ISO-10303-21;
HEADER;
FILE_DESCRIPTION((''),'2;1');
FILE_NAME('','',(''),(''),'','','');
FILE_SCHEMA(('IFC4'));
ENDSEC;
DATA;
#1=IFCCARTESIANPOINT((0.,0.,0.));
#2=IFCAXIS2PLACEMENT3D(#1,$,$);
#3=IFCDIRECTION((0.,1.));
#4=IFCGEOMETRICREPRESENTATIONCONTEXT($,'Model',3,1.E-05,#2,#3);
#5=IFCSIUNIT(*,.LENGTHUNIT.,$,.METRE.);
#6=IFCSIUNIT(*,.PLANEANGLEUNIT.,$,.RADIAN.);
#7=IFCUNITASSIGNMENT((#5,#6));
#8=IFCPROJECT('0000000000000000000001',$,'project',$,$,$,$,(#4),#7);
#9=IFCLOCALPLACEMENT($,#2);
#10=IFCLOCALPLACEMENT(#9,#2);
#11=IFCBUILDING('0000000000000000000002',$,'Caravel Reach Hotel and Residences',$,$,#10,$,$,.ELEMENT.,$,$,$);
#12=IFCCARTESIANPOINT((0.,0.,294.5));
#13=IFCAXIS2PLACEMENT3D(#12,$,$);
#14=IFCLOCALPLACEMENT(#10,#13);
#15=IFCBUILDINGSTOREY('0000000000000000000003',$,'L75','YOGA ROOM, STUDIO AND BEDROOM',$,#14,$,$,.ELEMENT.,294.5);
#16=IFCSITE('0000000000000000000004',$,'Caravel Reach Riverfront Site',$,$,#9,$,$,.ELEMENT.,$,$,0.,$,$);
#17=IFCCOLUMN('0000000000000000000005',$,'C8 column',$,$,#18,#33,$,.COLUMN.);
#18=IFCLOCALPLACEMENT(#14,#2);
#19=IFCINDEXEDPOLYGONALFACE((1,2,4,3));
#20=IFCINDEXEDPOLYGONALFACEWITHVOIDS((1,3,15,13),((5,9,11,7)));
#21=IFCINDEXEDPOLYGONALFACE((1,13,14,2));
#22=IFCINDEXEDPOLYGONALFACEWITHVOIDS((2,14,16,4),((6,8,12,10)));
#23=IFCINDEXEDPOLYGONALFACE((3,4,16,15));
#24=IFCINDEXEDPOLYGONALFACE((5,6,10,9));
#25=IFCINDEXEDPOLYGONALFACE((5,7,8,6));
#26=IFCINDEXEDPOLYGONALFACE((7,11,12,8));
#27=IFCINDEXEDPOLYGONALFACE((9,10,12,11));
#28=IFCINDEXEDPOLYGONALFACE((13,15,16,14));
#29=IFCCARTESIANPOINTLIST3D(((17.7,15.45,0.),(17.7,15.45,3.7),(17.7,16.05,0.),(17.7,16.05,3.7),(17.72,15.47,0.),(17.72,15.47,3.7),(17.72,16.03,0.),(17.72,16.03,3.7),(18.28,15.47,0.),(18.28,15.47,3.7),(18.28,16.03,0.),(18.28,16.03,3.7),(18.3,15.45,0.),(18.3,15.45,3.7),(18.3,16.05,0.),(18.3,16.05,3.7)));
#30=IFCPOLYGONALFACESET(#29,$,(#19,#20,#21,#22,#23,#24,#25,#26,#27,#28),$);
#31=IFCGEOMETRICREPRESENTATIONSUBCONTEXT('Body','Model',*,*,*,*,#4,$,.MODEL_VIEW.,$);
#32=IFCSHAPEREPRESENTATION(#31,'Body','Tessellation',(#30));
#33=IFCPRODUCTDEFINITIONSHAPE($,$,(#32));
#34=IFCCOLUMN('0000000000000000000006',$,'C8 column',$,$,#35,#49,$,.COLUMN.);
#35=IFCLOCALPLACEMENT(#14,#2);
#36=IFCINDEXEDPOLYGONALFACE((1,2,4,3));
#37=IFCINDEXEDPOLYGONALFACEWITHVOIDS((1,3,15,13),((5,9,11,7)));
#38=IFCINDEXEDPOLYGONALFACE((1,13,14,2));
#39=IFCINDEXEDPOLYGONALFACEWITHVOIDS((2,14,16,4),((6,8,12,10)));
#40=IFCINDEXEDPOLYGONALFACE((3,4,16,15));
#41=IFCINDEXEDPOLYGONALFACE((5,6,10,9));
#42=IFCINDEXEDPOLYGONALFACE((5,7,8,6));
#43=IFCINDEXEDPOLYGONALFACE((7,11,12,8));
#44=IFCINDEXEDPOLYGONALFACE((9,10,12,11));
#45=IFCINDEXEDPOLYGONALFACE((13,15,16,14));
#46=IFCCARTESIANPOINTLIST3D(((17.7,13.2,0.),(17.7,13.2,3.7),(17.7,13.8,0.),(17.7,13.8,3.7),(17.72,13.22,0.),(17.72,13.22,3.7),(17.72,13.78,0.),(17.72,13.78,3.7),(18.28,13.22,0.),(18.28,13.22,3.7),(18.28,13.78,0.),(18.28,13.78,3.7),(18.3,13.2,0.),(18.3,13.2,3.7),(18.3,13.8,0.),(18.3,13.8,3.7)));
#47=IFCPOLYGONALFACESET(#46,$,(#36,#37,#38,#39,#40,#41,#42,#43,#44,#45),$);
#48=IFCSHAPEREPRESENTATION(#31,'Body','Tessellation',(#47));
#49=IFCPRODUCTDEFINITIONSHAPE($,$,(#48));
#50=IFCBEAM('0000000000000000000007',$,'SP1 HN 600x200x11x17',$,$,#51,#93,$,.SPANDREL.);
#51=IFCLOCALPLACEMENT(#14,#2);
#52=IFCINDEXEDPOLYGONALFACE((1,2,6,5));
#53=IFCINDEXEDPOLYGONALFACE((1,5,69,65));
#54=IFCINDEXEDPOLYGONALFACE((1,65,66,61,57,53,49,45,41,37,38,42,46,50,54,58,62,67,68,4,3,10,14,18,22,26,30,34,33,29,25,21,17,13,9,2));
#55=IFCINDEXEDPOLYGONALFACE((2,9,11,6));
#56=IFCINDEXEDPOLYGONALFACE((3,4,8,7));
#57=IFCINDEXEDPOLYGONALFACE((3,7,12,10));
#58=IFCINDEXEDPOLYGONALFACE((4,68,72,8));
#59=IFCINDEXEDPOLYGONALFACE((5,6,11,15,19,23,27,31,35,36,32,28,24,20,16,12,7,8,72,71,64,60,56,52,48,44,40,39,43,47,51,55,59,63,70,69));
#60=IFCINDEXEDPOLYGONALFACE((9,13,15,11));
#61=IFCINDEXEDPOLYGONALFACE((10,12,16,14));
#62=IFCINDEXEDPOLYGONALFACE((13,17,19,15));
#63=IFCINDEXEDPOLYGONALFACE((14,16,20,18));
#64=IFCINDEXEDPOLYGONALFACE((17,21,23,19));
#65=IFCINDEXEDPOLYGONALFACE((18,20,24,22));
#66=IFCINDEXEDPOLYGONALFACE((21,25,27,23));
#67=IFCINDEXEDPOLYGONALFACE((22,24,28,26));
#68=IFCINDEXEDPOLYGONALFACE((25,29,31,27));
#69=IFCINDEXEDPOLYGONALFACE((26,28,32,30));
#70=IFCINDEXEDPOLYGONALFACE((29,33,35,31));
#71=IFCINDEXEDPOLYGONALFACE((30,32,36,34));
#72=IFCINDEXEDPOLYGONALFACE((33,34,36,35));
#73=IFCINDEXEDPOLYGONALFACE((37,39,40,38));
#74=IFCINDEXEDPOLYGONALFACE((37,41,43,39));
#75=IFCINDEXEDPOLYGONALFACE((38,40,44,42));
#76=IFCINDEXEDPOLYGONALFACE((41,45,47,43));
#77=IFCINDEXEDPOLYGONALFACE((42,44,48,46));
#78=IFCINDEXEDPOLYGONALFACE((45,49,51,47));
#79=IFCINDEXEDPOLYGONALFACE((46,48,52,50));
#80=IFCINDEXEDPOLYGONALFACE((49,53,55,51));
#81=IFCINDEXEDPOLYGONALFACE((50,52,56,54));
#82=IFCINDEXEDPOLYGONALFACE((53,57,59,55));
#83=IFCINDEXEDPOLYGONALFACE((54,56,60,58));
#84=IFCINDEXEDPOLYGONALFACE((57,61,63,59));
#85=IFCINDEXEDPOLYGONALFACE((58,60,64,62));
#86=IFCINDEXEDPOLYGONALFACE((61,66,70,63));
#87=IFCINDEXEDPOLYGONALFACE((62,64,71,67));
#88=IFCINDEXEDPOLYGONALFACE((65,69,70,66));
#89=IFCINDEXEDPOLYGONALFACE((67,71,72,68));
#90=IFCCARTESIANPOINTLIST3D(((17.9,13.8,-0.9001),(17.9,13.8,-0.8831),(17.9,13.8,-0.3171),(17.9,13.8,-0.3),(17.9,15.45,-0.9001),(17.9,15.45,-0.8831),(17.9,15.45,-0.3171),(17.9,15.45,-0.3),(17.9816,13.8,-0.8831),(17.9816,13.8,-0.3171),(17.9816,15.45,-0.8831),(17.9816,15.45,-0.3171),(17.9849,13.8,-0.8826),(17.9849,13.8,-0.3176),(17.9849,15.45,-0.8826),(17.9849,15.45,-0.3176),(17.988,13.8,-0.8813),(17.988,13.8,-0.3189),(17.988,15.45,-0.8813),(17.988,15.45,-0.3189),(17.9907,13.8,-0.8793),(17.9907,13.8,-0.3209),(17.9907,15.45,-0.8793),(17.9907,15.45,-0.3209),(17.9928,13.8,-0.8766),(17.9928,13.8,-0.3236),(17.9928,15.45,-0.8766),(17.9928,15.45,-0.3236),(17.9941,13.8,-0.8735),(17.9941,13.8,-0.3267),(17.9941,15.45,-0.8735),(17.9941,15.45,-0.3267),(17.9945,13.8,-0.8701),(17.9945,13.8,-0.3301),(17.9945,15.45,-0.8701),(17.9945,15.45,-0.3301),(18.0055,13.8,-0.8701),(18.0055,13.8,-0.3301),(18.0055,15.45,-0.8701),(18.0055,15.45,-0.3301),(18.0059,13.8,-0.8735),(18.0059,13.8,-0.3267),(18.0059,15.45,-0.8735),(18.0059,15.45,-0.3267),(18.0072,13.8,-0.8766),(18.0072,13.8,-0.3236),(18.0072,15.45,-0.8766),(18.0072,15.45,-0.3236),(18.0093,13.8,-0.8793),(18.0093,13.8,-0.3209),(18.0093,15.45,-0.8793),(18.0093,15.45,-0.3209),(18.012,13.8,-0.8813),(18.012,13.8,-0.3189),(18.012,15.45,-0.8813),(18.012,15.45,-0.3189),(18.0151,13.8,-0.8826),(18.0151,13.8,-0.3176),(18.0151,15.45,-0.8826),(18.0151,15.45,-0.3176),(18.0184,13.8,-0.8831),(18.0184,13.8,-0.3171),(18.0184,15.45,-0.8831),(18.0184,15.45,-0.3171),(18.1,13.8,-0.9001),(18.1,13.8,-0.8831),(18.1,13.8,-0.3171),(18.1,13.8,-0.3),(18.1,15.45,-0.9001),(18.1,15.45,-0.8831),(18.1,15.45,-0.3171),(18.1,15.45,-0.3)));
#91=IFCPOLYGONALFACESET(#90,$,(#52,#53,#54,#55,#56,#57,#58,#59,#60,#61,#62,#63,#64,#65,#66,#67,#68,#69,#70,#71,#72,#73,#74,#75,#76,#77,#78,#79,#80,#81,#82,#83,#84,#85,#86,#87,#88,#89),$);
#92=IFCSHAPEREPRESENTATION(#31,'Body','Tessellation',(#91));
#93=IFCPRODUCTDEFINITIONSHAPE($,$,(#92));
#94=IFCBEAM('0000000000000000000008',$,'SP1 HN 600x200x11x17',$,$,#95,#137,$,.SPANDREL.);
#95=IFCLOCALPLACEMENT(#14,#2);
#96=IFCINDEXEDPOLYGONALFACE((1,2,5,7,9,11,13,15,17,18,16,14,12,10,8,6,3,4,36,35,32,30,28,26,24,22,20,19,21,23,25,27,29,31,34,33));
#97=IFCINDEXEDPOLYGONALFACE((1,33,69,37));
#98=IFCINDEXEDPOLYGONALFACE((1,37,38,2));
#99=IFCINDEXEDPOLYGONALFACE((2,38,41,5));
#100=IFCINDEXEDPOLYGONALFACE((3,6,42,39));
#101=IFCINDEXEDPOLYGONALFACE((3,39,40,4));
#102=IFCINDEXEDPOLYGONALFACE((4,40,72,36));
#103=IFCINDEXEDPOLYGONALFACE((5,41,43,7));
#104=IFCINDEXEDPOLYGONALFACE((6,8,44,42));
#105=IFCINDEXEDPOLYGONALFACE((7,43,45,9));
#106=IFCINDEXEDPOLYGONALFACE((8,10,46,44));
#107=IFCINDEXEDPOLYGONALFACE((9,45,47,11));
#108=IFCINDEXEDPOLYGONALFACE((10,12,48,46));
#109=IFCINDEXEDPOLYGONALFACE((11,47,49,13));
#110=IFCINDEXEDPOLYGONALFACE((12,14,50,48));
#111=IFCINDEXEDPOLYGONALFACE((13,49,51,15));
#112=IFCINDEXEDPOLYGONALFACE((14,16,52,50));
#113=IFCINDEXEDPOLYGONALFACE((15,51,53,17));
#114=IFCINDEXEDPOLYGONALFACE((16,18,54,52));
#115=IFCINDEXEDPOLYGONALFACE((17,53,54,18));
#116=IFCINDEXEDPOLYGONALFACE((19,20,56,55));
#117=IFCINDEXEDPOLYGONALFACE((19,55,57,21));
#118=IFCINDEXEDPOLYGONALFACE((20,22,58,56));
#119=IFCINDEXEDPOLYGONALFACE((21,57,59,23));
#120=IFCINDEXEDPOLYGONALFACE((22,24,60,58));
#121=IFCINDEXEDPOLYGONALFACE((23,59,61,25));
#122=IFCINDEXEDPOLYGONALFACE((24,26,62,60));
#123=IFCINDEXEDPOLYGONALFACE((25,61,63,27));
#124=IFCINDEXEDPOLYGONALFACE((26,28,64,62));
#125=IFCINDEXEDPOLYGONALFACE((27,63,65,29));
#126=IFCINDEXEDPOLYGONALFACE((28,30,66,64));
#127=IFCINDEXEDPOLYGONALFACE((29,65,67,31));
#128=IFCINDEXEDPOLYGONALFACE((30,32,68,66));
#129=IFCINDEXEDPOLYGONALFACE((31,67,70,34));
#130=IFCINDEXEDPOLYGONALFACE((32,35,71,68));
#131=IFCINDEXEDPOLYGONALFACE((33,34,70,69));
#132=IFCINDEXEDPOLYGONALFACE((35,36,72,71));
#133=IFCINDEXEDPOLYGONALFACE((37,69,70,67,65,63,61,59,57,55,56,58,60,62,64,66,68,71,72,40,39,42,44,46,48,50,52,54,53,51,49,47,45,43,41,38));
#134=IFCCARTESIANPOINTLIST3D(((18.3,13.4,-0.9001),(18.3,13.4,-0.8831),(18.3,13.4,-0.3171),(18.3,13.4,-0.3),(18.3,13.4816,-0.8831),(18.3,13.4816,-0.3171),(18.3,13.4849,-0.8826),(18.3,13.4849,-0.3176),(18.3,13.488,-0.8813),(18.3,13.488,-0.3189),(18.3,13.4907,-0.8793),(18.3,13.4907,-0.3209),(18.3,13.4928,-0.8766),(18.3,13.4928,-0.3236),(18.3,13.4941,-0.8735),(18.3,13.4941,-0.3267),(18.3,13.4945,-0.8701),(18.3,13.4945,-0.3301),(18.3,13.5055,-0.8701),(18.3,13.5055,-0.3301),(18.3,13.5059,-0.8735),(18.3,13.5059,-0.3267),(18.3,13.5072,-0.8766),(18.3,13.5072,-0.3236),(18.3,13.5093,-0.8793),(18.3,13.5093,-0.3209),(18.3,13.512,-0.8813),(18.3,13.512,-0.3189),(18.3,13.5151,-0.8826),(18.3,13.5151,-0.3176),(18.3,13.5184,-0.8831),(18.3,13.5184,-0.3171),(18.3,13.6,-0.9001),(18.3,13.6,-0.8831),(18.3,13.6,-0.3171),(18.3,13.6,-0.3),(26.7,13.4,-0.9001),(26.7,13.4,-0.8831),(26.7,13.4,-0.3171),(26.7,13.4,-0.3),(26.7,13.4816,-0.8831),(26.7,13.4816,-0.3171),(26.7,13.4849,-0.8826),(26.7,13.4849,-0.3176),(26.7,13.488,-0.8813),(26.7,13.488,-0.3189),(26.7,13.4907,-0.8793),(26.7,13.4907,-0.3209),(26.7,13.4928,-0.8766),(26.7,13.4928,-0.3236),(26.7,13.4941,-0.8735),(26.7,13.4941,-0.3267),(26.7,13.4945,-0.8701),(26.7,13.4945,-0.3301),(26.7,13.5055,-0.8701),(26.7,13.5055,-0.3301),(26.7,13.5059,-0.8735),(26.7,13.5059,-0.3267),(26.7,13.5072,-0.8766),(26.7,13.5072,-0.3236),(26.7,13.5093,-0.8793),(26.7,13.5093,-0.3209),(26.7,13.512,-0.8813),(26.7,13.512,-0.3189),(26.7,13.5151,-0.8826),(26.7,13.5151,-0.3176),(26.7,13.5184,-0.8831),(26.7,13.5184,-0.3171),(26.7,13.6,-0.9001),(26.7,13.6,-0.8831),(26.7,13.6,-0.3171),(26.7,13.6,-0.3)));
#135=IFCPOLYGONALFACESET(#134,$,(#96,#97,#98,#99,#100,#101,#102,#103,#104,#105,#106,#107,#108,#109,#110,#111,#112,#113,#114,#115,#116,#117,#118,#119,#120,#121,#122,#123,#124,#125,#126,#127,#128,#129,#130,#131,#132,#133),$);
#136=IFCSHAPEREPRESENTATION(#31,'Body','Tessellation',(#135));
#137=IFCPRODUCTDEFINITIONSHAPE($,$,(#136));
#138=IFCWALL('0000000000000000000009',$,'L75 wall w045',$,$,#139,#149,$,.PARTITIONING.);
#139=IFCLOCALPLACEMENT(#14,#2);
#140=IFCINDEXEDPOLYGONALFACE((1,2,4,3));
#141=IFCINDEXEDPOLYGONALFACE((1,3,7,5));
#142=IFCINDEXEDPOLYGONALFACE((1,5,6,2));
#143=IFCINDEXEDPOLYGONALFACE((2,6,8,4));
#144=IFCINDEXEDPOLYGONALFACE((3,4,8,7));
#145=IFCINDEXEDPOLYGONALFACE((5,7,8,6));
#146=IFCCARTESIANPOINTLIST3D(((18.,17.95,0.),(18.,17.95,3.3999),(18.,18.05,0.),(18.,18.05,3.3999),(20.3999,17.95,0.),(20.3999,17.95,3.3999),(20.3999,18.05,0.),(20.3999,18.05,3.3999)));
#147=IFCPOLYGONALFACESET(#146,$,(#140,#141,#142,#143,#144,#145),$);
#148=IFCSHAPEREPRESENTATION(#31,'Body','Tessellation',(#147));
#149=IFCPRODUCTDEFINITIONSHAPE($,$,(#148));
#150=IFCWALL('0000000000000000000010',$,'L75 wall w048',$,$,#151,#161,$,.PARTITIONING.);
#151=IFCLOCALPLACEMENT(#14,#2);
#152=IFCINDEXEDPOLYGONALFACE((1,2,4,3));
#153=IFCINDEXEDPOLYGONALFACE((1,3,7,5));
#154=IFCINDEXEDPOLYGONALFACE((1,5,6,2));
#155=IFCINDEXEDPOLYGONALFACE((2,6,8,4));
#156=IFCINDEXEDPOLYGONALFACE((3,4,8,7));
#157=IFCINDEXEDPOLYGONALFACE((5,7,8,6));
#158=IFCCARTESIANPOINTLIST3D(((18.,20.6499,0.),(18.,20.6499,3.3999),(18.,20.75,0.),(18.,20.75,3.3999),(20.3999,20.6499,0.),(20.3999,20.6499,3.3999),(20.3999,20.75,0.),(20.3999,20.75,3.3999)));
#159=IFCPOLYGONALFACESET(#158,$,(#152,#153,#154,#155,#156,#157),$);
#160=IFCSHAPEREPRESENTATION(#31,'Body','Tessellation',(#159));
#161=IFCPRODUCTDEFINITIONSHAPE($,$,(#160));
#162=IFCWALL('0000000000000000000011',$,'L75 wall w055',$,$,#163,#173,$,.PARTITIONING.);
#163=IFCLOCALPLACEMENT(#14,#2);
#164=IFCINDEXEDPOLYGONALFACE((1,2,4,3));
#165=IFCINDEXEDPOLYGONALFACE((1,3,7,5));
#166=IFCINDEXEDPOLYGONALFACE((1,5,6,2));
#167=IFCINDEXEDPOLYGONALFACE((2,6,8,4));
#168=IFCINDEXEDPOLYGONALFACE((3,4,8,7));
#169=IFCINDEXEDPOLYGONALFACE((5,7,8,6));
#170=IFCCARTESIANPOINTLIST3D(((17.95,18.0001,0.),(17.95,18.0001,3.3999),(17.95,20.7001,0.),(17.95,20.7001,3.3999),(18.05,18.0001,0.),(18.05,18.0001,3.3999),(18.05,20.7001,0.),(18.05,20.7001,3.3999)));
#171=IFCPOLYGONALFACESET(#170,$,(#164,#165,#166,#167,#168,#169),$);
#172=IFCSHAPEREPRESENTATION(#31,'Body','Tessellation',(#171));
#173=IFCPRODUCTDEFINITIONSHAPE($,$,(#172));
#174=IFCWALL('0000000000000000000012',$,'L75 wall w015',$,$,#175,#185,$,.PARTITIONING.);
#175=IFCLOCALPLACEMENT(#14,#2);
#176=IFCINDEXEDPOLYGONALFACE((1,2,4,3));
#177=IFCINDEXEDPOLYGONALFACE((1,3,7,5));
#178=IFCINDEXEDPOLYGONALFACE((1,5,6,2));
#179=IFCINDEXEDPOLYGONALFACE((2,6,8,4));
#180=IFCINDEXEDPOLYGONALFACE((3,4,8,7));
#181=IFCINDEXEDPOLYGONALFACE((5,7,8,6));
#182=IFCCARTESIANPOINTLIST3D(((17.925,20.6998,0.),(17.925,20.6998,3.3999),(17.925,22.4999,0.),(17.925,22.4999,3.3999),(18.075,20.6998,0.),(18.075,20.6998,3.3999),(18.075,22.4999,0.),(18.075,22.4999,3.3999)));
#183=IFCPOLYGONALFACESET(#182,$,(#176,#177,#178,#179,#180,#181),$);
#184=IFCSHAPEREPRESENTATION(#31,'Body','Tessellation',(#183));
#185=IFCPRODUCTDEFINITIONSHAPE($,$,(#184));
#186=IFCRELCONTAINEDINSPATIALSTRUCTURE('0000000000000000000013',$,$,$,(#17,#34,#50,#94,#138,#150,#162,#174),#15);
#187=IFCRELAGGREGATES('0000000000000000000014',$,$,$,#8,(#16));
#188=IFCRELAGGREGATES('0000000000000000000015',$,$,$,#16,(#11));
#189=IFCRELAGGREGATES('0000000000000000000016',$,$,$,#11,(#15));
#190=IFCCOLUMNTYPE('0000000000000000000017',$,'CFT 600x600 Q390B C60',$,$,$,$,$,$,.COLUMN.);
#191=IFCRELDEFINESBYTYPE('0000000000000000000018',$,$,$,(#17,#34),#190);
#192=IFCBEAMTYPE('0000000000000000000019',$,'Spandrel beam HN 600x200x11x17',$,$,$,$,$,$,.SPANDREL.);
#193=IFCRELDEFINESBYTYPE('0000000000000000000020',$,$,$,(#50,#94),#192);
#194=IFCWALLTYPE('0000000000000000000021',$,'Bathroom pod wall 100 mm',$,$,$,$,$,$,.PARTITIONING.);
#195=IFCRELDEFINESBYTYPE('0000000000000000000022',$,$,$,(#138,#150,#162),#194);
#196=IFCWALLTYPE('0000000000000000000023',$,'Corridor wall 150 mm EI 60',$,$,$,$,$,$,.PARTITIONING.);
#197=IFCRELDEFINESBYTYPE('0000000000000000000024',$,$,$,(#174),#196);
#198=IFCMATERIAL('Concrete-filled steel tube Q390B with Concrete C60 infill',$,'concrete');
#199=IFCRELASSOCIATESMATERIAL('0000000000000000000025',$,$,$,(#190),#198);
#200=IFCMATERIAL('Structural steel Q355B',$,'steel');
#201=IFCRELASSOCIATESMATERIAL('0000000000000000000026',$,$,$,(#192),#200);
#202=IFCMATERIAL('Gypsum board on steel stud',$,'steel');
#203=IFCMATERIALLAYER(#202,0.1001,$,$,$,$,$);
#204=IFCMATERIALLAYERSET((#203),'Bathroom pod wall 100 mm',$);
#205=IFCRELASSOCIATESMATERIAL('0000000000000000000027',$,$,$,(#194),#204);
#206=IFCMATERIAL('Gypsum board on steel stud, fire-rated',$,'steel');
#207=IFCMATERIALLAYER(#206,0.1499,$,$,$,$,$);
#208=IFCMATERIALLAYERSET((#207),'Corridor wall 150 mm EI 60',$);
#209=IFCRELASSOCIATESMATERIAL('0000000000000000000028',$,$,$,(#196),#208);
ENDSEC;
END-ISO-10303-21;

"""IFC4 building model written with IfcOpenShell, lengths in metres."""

from ifc_helpers import new_model, si_unit, direction, frame, frame_2d, origin, origin_2d, place, context, subcontext, project, spatial, rectangle, hollow_rectangle, i_section, extrude, material, layer, layer_set, material_profile, profile_set, type_object, element, save


model = new_model("IFC4")

# Units and contexts
model_context = context("Model", 3, precision=1e-05, world=origin(), true_north=direction((0.0, 1.0)))
body_context = subcontext(model_context, "Body", "Model", "MODEL_VIEW")
ifc_project = project(units=[si_unit("LENGTHUNIT", "METRE"), si_unit("PLANEANGLEUNIT", "RADIAN")], contexts=[model_context])

# Site, building, storey
site_placement = place(None, origin())
site = spatial("IfcSite", under=ifc_project, at=site_placement, Name="Caravel Reach Riverfront Site", CompositionType="ELEMENT", RefElevation=0.0)
building_placement = place(site_placement, origin())
building = spatial("IfcBuilding", under=site, at=building_placement, Name="Caravel Reach Hotel and Residences", CompositionType="ELEMENT")
storey_placement = place(building_placement, frame((0.0, 0.0, 294.5)))
storey = spatial("IfcBuildingStorey", under=building, at=storey_placement, Name="L75", Description="YOGA ROOM, STUDIO AND BEDROOM", CompositionType="ELEMENT", Elevation=294.5)

# Columns
ifc_material_1 = material(Name="Concrete-filled steel tube Q390B with Concrete C60 infill", Category="concrete")
ifc_material_profile_1 = material_profile(ifc_material_1, hollow_rectangle(XDim=0.6001, YDim=0.6001, WallThickness=0.02, at=origin_2d()), Name="RHS 600x600x20")
ifc_profile_set_1 = profile_set([ifc_material_profile_1], Name="Concrete-filled steel tube Q390B with Concrete C60 infill")
column_type = type_object("IfcColumnType", Name="CFT 600x600 Q390B C60", PredefinedType="COLUMN", material=ifc_profile_set_1)
for number, where, z_axis, x_axis, name in (
    (1, (18.0, 15.75, 0.0), (0.0, 0.0, 1.0), (1.0, 0.0, 0.0), "C8 column"),
    (2, (18.0, 13.5, 0.0), (0.0, 0.0, 1.0), (1.0, 0.0, 0.0), "C8 column"),
):
    element("IfcColumn", number, at=place(storey_placement, frame(where, z_axis=z_axis, x_axis=x_axis)), inside=storey, type_object=column_type, Name=name, PredefinedType="COLUMN", context=body_context, shape_type="SweptSolid", body=[
        extrude(hollow_rectangle(XDim=0.6001, YDim=0.6001, WallThickness=0.02, at=origin_2d()), origin(), (0.0, 0.0, 1.0), 3.7),
    ])

# Beams
ifc_material_2 = material(Name="Structural steel Q355B", Category="steel")
ifc_material_profile_2 = material_profile(ifc_material_2, i_section(OverallWidth=0.2, OverallDepth=0.6001, WebThickness=0.011, FlangeThickness=0.0171, FilletRadius=0.0129, at=origin_2d()), Name="HN 600x200x11x17")
ifc_profile_set_2 = profile_set([ifc_material_profile_2], Name="Structural steel Q355B")
beam_type = type_object("IfcBeamType", Name="Spandrel beam HN 600x200x11x17", PredefinedType="SPANDREL", material=ifc_profile_set_2)
beam_1_placement = place(storey_placement, frame((18.0, 15.45, -0.6001), z_axis=(0.0, -1.0, 0.0), x_axis=(1.0, 0.0, 0.0)))
element("IfcBeam", 3, at=beam_1_placement, inside=storey, type_object=beam_type, Name="SP1 HN 600x200x11x17", PredefinedType="SPANDREL", context=body_context, shape_type="SweptSolid", body=[
    extrude(i_section(OverallWidth=0.2, OverallDepth=0.6001, WebThickness=0.011, FlangeThickness=0.0171, FilletRadius=0.0129, at=origin_2d()), origin(), (0.0, 0.0, 1.0), 1.6499),
])
beam_2_placement = place(storey_placement, frame((18.3, 13.5, -0.6001), z_axis=(1.0, 0.0, 0.0), x_axis=(0.0, 1.0, 0.0)))
element("IfcBeam", 4, at=beam_2_placement, inside=storey, type_object=beam_type, Name="SP1 HN 600x200x11x17", PredefinedType="SPANDREL", context=body_context, shape_type="SweptSolid", body=[
    extrude(i_section(OverallWidth=0.2, OverallDepth=0.6001, WebThickness=0.011, FlangeThickness=0.0171, FilletRadius=0.0129, at=origin_2d()), origin(), (0.0, 0.0, 1.0), 8.3999),
])

# Walls
ifc_material_3 = material(Name="Gypsum board on steel stud", Category="steel")
ifc_layer_1 = layer(ifc_material_3, 0.1001)
ifc_layer_set_1 = layer_set([ifc_layer_1], Name="Bathroom pod wall 100 mm")
wall_type_1 = type_object("IfcWallType", Name="Bathroom pod wall 100 mm", PredefinedType="PARTITIONING", material=ifc_layer_set_1)
for number, where, z_axis, x_axis, name in (
    (5, (18.0, 18.0, 0.0), (0.0, 0.0, 1.0), (1.0, 0.0, 0.0), "L75 wall w045"),
    (6, (18.0, 20.7, 0.0), (0.0, 0.0, 1.0), (1.0, 0.0, 0.0), "L75 wall w048"),
):
    element("IfcWall", number, at=place(storey_placement, frame(where, z_axis=z_axis, x_axis=x_axis)), inside=storey, type_object=wall_type_1, Name=name, PredefinedType="PARTITIONING", context=body_context, shape_type="SweptSolid", body=[
        extrude(rectangle(XDim=2.3999, YDim=0.1001, at=frame_2d((1.2, 0.0))), origin(), (0.0, 0.0, 1.0), 3.3999),
    ])
wall_1_placement = place(storey_placement, frame((18.0, 18.0, 0.0), z_axis=(0.0, 0.0, 1.0), x_axis=(0.0, 1.0, 0.0)))
element("IfcWall", 7, at=wall_1_placement, inside=storey, type_object=wall_type_1, Name="L75 wall w055", PredefinedType="PARTITIONING", context=body_context, shape_type="SweptSolid", body=[
    extrude(rectangle(XDim=2.7, YDim=0.1001, at=frame_2d((1.3501, 0.0))), origin(), (0.0, 0.0, 1.0), 3.3999),
])
ifc_material_4 = material(Name="Gypsum board on steel stud, fire-rated", Category="steel")
ifc_layer_2 = layer(ifc_material_4, 0.1499)
ifc_layer_set_2 = layer_set([ifc_layer_2], Name="Corridor wall 150 mm EI 60")
wall_type_2 = type_object("IfcWallType", Name="Corridor wall 150 mm EI 60", PredefinedType="PARTITIONING", material=ifc_layer_set_2)
wall_2_placement = place(storey_placement, frame((18.0, 20.7, 0.0), z_axis=(0.0, 0.0, 1.0), x_axis=(0.0, 1.0, 0.0)))
element("IfcWall", 8, at=wall_2_placement, inside=storey, type_object=wall_type_2, Name="L75 wall w015", PredefinedType="PARTITIONING", context=body_context, shape_type="SweptSolid", body=[
    extrude(rectangle(XDim=1.8, YDim=0.1499, at=frame_2d((0.8999, 0.0))), origin(), (0.0, 0.0, 1.0), 3.3999),
])

save(model, "model.ifc")
